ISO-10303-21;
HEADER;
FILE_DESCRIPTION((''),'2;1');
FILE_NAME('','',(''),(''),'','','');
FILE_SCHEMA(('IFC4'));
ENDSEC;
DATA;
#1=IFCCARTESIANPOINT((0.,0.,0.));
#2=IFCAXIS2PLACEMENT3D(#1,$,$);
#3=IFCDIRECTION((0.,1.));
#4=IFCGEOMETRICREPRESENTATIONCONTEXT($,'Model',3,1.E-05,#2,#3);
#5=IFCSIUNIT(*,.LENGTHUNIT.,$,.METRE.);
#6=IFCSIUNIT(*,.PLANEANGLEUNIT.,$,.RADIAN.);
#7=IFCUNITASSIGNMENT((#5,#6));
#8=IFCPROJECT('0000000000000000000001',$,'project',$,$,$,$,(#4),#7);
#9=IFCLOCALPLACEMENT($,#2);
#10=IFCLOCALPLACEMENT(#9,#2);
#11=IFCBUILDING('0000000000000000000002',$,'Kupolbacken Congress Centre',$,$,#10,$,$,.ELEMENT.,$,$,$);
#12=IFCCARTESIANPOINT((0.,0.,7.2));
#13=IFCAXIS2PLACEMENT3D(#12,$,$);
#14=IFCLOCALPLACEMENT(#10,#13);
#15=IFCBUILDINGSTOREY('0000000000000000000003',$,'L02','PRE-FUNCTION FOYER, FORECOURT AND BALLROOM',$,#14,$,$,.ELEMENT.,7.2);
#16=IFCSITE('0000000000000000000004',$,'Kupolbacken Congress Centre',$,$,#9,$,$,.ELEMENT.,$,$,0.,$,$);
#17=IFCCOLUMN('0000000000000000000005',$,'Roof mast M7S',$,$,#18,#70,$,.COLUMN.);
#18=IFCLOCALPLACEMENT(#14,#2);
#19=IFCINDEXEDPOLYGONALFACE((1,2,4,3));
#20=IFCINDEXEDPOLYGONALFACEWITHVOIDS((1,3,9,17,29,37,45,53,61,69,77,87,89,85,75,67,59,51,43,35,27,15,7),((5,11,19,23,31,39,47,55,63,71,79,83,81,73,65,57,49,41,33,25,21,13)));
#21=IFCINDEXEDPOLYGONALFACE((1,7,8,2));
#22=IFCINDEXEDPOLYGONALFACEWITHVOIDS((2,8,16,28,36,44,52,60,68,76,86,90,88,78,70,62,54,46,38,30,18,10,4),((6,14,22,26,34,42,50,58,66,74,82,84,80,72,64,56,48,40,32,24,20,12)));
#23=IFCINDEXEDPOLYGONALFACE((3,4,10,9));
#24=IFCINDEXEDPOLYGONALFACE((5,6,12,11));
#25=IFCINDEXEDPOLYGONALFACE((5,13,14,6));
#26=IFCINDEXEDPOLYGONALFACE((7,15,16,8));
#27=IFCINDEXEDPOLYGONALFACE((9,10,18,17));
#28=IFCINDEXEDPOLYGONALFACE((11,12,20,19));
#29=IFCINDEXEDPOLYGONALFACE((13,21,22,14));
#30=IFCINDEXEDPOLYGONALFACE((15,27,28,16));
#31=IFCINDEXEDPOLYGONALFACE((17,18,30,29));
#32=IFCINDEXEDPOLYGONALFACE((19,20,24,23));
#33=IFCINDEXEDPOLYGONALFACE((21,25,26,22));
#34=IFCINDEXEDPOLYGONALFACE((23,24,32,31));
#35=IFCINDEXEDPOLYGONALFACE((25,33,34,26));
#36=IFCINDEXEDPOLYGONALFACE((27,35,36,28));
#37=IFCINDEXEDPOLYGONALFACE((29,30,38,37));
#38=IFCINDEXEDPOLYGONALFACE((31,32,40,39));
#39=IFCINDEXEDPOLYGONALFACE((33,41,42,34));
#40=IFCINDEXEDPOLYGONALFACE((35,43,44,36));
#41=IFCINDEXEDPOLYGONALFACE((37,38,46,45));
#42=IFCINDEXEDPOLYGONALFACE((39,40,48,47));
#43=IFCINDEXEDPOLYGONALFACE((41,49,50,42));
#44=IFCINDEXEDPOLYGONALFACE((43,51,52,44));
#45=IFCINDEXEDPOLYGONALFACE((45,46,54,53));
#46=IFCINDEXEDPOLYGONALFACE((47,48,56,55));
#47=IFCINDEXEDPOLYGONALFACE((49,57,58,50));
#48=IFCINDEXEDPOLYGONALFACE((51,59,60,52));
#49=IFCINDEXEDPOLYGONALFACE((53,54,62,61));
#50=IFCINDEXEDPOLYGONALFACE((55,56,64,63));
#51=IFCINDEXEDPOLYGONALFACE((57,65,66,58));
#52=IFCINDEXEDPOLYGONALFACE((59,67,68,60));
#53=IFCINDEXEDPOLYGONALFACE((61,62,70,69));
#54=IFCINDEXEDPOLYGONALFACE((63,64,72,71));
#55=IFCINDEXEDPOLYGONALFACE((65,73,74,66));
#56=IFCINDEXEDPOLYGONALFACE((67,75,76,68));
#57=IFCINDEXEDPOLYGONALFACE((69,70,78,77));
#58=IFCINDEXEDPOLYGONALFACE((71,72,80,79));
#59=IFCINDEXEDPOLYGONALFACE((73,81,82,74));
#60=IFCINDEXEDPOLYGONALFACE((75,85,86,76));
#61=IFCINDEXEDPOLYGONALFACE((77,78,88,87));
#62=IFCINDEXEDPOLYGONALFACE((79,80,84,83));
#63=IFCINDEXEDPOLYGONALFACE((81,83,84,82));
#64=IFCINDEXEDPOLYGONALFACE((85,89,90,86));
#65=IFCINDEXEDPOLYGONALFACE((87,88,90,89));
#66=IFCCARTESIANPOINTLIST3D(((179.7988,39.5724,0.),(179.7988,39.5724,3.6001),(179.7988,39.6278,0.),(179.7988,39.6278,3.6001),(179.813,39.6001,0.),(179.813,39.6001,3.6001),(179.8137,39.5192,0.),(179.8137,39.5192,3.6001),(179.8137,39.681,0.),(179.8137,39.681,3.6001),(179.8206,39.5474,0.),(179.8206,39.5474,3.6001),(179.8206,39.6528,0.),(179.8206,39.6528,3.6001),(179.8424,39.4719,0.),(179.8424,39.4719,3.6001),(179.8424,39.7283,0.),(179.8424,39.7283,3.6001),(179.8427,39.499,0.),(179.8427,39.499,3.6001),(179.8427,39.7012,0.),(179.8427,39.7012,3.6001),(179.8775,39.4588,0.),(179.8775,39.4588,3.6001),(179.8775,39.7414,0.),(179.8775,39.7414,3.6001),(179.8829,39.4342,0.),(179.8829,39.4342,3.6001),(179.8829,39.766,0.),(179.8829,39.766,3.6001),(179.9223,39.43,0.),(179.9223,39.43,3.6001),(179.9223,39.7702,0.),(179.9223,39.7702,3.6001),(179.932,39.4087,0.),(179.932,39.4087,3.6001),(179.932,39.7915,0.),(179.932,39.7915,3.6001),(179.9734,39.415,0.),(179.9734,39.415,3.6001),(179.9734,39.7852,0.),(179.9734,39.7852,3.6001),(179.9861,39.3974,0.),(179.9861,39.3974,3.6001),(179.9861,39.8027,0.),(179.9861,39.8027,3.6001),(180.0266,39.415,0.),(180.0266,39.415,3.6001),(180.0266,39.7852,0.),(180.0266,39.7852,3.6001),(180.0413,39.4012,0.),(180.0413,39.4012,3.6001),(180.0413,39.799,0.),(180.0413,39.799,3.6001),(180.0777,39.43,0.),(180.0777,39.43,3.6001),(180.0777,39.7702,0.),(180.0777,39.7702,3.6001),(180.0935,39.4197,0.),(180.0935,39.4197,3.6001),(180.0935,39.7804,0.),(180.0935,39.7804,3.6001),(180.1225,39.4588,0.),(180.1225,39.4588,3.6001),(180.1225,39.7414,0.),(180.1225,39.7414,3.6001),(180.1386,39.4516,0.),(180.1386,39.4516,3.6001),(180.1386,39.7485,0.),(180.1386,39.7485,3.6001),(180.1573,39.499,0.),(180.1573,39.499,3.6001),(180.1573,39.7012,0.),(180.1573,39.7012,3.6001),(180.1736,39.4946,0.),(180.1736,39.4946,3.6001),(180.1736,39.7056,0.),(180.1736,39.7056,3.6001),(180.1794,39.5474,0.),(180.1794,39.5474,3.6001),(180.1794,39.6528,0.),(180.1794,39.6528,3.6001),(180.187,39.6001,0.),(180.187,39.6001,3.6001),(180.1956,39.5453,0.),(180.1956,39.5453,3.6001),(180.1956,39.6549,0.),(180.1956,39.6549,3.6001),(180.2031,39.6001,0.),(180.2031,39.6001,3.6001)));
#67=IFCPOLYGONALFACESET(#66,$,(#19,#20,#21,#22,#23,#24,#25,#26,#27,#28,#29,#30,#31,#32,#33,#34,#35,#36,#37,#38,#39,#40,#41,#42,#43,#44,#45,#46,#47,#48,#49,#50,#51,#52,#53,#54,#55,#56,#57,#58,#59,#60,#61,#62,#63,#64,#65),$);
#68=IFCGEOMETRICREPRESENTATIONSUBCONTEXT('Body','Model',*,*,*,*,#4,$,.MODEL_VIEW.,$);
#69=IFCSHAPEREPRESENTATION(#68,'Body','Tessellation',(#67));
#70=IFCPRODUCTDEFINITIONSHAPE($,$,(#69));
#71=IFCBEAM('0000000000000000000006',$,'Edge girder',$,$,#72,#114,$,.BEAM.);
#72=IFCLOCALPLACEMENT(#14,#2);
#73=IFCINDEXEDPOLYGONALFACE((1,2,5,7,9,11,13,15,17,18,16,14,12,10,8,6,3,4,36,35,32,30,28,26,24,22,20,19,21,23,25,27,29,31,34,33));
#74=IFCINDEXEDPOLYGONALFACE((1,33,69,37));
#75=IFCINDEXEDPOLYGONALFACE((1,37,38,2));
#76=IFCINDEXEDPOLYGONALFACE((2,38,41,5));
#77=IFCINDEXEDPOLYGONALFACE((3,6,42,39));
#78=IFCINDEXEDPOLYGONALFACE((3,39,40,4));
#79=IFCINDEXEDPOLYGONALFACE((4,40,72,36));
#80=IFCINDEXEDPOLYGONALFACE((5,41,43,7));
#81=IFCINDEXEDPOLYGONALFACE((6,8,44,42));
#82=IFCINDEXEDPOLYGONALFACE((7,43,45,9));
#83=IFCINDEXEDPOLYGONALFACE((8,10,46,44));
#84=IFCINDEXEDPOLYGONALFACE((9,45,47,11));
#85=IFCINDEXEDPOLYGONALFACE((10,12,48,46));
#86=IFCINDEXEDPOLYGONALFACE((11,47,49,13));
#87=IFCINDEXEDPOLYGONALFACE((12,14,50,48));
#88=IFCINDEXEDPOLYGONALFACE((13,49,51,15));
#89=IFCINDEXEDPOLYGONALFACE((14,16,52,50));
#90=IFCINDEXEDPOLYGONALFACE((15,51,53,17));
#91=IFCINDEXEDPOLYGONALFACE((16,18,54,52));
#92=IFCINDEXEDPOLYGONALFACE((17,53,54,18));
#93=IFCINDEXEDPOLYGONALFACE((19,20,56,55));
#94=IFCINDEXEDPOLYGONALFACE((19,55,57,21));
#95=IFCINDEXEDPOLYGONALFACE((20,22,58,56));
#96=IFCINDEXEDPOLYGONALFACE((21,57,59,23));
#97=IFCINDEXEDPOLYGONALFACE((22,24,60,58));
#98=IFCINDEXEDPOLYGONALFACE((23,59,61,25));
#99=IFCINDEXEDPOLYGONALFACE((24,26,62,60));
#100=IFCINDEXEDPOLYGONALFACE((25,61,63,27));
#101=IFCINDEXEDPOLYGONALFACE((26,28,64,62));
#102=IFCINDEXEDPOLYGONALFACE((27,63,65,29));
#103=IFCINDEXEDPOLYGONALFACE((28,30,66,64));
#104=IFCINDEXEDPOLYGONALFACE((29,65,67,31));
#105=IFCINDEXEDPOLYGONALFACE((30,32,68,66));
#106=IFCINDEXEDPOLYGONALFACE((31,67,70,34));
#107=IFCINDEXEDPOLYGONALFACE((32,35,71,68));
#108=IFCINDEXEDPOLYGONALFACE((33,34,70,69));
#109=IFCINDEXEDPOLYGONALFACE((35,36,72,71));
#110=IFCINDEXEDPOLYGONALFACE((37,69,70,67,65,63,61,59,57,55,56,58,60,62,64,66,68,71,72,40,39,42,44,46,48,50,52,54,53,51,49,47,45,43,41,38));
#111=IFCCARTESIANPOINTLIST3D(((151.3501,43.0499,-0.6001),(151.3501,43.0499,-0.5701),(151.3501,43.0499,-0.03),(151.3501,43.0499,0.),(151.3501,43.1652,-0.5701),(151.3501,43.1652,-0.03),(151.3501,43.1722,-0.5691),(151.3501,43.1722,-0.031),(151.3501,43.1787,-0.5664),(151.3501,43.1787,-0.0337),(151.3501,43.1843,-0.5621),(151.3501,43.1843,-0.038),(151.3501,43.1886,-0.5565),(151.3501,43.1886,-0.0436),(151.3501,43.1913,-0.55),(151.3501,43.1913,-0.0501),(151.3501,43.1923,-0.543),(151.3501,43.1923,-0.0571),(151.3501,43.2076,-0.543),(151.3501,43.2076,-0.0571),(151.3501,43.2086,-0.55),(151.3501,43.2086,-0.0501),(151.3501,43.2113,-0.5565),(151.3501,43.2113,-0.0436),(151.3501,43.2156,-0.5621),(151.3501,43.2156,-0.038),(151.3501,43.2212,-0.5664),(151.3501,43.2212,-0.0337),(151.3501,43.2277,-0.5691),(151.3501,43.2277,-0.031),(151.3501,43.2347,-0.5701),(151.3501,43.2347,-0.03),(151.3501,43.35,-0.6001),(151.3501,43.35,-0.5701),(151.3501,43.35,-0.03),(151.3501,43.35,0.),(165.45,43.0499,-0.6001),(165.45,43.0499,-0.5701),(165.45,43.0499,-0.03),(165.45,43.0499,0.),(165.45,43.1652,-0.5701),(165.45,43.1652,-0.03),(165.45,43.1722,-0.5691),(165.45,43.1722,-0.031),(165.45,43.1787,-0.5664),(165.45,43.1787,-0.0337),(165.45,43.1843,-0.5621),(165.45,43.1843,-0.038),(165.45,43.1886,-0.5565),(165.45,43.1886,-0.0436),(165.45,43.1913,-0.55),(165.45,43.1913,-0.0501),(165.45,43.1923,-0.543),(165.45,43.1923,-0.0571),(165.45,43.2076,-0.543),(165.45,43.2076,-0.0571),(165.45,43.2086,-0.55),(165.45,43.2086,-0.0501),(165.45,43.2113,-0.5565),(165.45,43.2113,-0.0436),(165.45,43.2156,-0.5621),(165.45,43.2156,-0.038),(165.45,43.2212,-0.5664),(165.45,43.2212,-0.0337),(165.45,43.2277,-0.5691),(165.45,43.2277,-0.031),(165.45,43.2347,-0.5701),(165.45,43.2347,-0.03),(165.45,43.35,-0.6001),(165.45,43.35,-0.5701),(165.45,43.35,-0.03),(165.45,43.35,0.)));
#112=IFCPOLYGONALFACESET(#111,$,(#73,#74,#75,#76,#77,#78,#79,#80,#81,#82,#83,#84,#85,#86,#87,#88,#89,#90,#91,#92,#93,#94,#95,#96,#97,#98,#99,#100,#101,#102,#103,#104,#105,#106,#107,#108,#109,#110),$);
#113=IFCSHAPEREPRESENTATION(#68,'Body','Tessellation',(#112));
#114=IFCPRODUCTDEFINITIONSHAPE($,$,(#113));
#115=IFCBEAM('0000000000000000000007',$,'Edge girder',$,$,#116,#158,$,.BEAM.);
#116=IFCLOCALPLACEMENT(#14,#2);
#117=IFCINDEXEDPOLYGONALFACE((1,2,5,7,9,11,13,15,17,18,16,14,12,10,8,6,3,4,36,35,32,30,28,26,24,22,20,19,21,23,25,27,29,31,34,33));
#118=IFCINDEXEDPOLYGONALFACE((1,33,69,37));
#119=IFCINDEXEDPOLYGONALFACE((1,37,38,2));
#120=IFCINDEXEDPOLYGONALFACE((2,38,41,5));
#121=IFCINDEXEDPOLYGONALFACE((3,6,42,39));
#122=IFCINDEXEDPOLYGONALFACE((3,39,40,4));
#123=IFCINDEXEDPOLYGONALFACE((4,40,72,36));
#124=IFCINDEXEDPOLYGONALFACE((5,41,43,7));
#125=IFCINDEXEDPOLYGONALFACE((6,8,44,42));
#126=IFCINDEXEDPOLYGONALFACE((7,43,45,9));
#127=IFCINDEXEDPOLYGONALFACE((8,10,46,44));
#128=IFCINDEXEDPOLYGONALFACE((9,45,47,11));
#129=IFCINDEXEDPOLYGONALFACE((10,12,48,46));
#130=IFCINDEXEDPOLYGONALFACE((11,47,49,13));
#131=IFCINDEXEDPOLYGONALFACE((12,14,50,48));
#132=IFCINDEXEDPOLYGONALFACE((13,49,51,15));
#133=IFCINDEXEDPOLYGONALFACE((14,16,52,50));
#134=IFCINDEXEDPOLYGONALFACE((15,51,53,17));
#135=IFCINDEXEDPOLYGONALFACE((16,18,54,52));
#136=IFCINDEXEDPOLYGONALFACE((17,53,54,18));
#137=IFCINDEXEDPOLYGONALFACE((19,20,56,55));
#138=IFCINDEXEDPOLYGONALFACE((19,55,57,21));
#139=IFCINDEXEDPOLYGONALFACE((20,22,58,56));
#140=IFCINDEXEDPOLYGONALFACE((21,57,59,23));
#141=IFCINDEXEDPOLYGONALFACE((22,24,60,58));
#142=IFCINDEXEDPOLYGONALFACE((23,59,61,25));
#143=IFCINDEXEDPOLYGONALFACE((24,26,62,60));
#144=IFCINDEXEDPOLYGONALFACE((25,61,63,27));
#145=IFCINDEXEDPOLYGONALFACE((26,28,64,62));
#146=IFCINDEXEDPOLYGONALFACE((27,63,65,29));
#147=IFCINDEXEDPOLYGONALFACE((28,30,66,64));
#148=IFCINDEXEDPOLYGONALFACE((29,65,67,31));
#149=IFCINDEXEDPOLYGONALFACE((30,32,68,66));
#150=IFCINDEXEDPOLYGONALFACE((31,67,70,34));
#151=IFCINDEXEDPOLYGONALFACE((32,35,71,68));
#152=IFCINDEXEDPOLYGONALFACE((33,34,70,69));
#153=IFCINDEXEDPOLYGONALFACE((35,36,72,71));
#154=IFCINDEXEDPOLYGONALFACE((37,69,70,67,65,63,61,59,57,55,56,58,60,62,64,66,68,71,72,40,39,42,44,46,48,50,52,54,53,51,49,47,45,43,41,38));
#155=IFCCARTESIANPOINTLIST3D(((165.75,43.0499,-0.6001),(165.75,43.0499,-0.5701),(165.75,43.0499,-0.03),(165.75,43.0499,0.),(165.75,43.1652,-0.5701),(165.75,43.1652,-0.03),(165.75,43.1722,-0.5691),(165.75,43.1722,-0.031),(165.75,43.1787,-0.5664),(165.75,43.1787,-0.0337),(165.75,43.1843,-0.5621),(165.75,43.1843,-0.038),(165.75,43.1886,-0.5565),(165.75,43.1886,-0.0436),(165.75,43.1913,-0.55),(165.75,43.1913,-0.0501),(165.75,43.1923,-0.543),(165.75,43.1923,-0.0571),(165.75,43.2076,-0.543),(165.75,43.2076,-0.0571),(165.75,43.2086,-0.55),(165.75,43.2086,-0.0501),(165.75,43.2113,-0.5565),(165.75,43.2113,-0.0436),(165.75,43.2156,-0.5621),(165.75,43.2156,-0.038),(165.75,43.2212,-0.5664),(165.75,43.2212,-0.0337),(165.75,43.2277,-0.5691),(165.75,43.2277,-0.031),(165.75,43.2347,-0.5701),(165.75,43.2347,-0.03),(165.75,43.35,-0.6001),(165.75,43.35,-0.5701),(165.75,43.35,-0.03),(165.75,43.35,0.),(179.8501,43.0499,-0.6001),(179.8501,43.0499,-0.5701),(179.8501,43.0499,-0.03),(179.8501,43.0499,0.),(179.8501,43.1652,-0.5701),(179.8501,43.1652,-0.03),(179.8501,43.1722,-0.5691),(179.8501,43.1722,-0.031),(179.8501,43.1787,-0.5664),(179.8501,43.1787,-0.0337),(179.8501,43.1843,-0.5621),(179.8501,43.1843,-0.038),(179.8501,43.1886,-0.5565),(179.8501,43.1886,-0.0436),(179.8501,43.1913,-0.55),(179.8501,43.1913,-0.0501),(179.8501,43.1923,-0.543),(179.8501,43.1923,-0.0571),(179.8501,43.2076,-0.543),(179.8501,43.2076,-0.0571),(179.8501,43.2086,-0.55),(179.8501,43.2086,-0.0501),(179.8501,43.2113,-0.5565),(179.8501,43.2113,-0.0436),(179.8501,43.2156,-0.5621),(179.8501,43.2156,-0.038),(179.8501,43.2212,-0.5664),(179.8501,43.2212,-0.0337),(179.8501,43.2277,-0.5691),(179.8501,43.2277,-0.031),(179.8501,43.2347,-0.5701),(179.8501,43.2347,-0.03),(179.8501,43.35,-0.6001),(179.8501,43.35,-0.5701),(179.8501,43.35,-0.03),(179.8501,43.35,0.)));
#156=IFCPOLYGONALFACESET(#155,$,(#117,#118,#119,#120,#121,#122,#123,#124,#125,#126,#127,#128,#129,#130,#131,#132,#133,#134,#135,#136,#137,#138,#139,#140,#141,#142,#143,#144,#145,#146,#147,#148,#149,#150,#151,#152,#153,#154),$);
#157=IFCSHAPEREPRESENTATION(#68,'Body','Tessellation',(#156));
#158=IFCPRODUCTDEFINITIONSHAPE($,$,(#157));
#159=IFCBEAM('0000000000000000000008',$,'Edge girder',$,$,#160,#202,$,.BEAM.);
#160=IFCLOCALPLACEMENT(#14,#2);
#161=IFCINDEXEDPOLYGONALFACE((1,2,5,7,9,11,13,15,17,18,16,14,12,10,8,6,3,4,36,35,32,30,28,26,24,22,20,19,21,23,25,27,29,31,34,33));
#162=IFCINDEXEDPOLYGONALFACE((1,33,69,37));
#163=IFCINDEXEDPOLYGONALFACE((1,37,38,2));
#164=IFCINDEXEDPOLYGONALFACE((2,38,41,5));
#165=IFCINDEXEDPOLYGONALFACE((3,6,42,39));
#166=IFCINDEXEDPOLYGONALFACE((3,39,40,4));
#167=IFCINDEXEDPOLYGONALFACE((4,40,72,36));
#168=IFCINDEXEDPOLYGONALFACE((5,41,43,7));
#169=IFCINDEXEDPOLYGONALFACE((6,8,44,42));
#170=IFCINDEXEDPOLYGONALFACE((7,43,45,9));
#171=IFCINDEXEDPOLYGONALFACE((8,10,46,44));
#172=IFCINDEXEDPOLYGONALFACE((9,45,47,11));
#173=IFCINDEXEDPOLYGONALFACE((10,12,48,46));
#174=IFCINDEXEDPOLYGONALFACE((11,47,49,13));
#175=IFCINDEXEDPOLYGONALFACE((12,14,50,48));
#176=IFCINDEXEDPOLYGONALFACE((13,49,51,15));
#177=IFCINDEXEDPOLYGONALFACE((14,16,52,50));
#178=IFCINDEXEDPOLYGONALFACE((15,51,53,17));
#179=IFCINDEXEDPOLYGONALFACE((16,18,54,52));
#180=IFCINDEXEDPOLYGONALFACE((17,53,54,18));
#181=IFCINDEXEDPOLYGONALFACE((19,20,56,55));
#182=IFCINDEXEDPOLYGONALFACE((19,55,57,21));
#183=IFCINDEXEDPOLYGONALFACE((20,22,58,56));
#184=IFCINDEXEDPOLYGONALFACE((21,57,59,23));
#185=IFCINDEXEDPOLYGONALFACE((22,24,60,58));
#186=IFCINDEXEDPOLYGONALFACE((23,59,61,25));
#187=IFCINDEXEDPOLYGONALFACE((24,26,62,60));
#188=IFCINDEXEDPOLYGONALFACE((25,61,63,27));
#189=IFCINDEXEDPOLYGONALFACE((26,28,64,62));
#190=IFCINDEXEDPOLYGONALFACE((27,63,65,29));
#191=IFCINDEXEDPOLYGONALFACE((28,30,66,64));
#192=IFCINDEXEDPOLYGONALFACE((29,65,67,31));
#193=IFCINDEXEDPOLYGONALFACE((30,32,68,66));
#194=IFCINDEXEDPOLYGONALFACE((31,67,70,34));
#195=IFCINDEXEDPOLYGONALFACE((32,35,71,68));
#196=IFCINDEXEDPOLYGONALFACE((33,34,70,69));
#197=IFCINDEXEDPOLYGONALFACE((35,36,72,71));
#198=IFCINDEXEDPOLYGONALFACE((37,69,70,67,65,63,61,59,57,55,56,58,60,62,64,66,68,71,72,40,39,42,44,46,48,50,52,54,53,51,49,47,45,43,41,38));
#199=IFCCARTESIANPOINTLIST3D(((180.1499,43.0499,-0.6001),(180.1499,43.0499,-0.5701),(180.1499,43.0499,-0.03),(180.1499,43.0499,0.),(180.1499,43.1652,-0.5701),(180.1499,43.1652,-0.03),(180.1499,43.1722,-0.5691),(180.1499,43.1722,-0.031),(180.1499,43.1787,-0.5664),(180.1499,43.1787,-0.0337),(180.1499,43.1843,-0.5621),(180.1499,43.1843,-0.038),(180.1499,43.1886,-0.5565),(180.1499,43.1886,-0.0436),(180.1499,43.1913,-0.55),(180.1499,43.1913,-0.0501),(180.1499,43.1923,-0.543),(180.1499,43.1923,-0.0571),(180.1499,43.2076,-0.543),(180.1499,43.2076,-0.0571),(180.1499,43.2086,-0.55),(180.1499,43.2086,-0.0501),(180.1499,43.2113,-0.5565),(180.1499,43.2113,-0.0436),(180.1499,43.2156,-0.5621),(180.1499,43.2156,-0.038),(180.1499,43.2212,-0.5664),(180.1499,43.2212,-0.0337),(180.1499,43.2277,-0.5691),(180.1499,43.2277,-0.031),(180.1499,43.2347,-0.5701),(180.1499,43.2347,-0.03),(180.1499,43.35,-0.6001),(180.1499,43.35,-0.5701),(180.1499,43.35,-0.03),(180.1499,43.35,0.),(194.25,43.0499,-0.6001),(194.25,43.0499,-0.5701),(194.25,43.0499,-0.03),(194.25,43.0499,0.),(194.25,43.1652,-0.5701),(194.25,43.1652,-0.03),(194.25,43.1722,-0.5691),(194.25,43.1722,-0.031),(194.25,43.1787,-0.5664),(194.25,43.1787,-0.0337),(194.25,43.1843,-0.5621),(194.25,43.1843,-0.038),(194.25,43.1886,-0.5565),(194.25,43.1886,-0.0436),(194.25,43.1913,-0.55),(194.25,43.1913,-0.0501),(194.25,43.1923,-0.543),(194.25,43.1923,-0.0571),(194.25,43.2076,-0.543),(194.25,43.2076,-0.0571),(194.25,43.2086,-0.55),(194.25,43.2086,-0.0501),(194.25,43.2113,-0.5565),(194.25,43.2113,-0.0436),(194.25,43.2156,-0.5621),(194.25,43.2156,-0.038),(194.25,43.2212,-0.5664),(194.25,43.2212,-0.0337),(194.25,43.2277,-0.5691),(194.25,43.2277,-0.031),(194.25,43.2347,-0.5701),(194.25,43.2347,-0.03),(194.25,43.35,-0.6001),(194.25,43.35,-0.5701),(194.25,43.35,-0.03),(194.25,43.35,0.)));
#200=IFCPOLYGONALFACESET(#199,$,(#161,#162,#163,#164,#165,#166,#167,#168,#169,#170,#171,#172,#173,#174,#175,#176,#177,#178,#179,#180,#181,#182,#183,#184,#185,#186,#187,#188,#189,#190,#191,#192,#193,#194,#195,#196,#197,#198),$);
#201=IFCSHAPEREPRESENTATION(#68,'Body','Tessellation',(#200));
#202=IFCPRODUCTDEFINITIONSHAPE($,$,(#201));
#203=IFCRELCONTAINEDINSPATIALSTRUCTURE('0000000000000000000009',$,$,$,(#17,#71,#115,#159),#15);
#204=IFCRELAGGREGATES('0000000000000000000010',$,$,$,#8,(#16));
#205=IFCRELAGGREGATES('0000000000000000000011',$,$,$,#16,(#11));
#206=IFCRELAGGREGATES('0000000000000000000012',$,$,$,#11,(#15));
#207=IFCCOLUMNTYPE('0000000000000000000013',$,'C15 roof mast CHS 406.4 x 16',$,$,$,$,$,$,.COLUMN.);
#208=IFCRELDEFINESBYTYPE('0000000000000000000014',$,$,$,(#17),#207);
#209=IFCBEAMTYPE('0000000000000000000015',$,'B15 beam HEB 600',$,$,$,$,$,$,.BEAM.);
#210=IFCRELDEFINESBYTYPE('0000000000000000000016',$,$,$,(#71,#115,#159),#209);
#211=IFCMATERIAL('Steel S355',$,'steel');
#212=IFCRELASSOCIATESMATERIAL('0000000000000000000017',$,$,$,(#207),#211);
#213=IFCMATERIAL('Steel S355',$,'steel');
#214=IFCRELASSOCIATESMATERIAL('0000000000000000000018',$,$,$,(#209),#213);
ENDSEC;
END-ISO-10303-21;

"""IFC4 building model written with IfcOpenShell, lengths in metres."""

from ifc_helpers import new_model, si_unit, direction, frame, origin, origin_2d, place, context, subcontext, project, spatial, hollow_circle, i_section, extrude, material, material_profile, profile_set, type_object, element, save


model = new_model("IFC4")

# Units and contexts
model_context = context("Model", 3, precision=1e-05, world=origin(), true_north=direction((0.0, 1.0)))
body_context = subcontext(model_context, "Body", "Model", "MODEL_VIEW")
ifc_project = project(units=[si_unit("LENGTHUNIT", "METRE"), si_unit("PLANEANGLEUNIT", "RADIAN")], contexts=[model_context])

# Site, building, storey
site_placement = place(None, origin())
site = spatial("IfcSite", under=ifc_project, at=site_placement, Name="Kupolbacken Congress Centre", CompositionType="ELEMENT", RefElevation=0.0)
building_placement = place(site_placement, origin())
building = spatial("IfcBuilding", under=site, at=building_placement, Name="Kupolbacken Congress Centre", CompositionType="ELEMENT")
storey_placement = place(building_placement, frame((0.0, 0.0, 7.2)))
storey = spatial("IfcBuildingStorey", under=building, at=storey_placement, Name="L02", Description="PRE-FUNCTION FOYER, FORECOURT AND BALLROOM", CompositionType="ELEMENT", Elevation=7.2)

# Column
ifc_material_1 = material(Name="Steel S355", Category="steel")
ifc_material_profile_1 = material_profile(ifc_material_1, hollow_circle(Radius=0.2031, WallThickness=0.0161, at=origin_2d()), Name="CHS 406.4 x 16")
ifc_profile_set_1 = profile_set([ifc_material_profile_1], Name="Steel S355")
column_type_1 = type_object("IfcColumnType", Name="C15 roof mast CHS 406.4 x 16", PredefinedType="COLUMN", material=ifc_profile_set_1)
for number, where, z_axis, x_axis, name in (
    (1, (180.0, 39.6001, 0.0), (0.0, 0.0, 1.0), (1.0, 0.0, 0.0), "Roof mast M7S"),
):
    element("IfcColumn", number, at=place(storey_placement, frame(where, z_axis=z_axis, x_axis=x_axis)), inside=storey, type_object=column_type_1, Name=name, PredefinedType="COLUMN", context=body_context, shape_type="SweptSolid", body=[
        extrude(hollow_circle(Radius=0.2031, WallThickness=0.0161, at=origin_2d()), origin(), (0.0, 0.0, 1.0), 3.6001),
    ])

# Beams
ifc_material_2 = material(Name="Steel S355", Category="steel")
ifc_material_profile_2 = material_profile(ifc_material_2, i_section(OverallWidth=0.3, OverallDepth=0.6001, WebThickness=0.0154, FlangeThickness=0.03, FilletRadius=0.0271, at=origin_2d()), Name="HEB 600")
ifc_profile_set_2 = profile_set([ifc_material_profile_2], Name="Steel S355")
beam_type = type_object("IfcBeamType", Name="B15 beam HEB 600", PredefinedType="BEAM", material=ifc_profile_set_2)
beam_placement = place(storey_placement, frame((151.3501, 43.2, -0.3), z_axis=(1.0, 0.0, 0.0), x_axis=(0.0, 1.0, 0.0)))
element("IfcBeam", 2, at=beam_placement, inside=storey, type_object=beam_type, Name="Edge girder", PredefinedType="BEAM", context=body_context, shape_type="SweptSolid", body=[
    extrude(i_section(OverallWidth=0.3, OverallDepth=0.6001, WebThickness=0.0154, FlangeThickness=0.03, FilletRadius=0.0271, at=origin_2d()), origin(), (0.0, 0.0, 1.0), 14.0999),
])
for number, where, z_axis, x_axis, name in (
    (3, (165.75, 43.2, -0.3), (1.0, 0.0, 0.0), (0.0, 1.0, 0.0), "Edge girder"),
    (4, (180.1499, 43.2, -0.3), (1.0, 0.0, 0.0), (0.0, 1.0, 0.0), "Edge girder"),
):
    element("IfcBeam", number, at=place(storey_placement, frame(where, z_axis=z_axis, x_axis=x_axis)), inside=storey, type_object=beam_type, Name=name, PredefinedType="BEAM", context=body_context, shape_type="SweptSolid", body=[
        extrude(i_section(OverallWidth=0.3, OverallDepth=0.6001, WebThickness=0.0154, FlangeThickness=0.03, FilletRadius=0.0271, at=origin_2d()), origin(), (0.0, 0.0, 1.0), 14.1001),
    ])

save(model, "model.ifc")
